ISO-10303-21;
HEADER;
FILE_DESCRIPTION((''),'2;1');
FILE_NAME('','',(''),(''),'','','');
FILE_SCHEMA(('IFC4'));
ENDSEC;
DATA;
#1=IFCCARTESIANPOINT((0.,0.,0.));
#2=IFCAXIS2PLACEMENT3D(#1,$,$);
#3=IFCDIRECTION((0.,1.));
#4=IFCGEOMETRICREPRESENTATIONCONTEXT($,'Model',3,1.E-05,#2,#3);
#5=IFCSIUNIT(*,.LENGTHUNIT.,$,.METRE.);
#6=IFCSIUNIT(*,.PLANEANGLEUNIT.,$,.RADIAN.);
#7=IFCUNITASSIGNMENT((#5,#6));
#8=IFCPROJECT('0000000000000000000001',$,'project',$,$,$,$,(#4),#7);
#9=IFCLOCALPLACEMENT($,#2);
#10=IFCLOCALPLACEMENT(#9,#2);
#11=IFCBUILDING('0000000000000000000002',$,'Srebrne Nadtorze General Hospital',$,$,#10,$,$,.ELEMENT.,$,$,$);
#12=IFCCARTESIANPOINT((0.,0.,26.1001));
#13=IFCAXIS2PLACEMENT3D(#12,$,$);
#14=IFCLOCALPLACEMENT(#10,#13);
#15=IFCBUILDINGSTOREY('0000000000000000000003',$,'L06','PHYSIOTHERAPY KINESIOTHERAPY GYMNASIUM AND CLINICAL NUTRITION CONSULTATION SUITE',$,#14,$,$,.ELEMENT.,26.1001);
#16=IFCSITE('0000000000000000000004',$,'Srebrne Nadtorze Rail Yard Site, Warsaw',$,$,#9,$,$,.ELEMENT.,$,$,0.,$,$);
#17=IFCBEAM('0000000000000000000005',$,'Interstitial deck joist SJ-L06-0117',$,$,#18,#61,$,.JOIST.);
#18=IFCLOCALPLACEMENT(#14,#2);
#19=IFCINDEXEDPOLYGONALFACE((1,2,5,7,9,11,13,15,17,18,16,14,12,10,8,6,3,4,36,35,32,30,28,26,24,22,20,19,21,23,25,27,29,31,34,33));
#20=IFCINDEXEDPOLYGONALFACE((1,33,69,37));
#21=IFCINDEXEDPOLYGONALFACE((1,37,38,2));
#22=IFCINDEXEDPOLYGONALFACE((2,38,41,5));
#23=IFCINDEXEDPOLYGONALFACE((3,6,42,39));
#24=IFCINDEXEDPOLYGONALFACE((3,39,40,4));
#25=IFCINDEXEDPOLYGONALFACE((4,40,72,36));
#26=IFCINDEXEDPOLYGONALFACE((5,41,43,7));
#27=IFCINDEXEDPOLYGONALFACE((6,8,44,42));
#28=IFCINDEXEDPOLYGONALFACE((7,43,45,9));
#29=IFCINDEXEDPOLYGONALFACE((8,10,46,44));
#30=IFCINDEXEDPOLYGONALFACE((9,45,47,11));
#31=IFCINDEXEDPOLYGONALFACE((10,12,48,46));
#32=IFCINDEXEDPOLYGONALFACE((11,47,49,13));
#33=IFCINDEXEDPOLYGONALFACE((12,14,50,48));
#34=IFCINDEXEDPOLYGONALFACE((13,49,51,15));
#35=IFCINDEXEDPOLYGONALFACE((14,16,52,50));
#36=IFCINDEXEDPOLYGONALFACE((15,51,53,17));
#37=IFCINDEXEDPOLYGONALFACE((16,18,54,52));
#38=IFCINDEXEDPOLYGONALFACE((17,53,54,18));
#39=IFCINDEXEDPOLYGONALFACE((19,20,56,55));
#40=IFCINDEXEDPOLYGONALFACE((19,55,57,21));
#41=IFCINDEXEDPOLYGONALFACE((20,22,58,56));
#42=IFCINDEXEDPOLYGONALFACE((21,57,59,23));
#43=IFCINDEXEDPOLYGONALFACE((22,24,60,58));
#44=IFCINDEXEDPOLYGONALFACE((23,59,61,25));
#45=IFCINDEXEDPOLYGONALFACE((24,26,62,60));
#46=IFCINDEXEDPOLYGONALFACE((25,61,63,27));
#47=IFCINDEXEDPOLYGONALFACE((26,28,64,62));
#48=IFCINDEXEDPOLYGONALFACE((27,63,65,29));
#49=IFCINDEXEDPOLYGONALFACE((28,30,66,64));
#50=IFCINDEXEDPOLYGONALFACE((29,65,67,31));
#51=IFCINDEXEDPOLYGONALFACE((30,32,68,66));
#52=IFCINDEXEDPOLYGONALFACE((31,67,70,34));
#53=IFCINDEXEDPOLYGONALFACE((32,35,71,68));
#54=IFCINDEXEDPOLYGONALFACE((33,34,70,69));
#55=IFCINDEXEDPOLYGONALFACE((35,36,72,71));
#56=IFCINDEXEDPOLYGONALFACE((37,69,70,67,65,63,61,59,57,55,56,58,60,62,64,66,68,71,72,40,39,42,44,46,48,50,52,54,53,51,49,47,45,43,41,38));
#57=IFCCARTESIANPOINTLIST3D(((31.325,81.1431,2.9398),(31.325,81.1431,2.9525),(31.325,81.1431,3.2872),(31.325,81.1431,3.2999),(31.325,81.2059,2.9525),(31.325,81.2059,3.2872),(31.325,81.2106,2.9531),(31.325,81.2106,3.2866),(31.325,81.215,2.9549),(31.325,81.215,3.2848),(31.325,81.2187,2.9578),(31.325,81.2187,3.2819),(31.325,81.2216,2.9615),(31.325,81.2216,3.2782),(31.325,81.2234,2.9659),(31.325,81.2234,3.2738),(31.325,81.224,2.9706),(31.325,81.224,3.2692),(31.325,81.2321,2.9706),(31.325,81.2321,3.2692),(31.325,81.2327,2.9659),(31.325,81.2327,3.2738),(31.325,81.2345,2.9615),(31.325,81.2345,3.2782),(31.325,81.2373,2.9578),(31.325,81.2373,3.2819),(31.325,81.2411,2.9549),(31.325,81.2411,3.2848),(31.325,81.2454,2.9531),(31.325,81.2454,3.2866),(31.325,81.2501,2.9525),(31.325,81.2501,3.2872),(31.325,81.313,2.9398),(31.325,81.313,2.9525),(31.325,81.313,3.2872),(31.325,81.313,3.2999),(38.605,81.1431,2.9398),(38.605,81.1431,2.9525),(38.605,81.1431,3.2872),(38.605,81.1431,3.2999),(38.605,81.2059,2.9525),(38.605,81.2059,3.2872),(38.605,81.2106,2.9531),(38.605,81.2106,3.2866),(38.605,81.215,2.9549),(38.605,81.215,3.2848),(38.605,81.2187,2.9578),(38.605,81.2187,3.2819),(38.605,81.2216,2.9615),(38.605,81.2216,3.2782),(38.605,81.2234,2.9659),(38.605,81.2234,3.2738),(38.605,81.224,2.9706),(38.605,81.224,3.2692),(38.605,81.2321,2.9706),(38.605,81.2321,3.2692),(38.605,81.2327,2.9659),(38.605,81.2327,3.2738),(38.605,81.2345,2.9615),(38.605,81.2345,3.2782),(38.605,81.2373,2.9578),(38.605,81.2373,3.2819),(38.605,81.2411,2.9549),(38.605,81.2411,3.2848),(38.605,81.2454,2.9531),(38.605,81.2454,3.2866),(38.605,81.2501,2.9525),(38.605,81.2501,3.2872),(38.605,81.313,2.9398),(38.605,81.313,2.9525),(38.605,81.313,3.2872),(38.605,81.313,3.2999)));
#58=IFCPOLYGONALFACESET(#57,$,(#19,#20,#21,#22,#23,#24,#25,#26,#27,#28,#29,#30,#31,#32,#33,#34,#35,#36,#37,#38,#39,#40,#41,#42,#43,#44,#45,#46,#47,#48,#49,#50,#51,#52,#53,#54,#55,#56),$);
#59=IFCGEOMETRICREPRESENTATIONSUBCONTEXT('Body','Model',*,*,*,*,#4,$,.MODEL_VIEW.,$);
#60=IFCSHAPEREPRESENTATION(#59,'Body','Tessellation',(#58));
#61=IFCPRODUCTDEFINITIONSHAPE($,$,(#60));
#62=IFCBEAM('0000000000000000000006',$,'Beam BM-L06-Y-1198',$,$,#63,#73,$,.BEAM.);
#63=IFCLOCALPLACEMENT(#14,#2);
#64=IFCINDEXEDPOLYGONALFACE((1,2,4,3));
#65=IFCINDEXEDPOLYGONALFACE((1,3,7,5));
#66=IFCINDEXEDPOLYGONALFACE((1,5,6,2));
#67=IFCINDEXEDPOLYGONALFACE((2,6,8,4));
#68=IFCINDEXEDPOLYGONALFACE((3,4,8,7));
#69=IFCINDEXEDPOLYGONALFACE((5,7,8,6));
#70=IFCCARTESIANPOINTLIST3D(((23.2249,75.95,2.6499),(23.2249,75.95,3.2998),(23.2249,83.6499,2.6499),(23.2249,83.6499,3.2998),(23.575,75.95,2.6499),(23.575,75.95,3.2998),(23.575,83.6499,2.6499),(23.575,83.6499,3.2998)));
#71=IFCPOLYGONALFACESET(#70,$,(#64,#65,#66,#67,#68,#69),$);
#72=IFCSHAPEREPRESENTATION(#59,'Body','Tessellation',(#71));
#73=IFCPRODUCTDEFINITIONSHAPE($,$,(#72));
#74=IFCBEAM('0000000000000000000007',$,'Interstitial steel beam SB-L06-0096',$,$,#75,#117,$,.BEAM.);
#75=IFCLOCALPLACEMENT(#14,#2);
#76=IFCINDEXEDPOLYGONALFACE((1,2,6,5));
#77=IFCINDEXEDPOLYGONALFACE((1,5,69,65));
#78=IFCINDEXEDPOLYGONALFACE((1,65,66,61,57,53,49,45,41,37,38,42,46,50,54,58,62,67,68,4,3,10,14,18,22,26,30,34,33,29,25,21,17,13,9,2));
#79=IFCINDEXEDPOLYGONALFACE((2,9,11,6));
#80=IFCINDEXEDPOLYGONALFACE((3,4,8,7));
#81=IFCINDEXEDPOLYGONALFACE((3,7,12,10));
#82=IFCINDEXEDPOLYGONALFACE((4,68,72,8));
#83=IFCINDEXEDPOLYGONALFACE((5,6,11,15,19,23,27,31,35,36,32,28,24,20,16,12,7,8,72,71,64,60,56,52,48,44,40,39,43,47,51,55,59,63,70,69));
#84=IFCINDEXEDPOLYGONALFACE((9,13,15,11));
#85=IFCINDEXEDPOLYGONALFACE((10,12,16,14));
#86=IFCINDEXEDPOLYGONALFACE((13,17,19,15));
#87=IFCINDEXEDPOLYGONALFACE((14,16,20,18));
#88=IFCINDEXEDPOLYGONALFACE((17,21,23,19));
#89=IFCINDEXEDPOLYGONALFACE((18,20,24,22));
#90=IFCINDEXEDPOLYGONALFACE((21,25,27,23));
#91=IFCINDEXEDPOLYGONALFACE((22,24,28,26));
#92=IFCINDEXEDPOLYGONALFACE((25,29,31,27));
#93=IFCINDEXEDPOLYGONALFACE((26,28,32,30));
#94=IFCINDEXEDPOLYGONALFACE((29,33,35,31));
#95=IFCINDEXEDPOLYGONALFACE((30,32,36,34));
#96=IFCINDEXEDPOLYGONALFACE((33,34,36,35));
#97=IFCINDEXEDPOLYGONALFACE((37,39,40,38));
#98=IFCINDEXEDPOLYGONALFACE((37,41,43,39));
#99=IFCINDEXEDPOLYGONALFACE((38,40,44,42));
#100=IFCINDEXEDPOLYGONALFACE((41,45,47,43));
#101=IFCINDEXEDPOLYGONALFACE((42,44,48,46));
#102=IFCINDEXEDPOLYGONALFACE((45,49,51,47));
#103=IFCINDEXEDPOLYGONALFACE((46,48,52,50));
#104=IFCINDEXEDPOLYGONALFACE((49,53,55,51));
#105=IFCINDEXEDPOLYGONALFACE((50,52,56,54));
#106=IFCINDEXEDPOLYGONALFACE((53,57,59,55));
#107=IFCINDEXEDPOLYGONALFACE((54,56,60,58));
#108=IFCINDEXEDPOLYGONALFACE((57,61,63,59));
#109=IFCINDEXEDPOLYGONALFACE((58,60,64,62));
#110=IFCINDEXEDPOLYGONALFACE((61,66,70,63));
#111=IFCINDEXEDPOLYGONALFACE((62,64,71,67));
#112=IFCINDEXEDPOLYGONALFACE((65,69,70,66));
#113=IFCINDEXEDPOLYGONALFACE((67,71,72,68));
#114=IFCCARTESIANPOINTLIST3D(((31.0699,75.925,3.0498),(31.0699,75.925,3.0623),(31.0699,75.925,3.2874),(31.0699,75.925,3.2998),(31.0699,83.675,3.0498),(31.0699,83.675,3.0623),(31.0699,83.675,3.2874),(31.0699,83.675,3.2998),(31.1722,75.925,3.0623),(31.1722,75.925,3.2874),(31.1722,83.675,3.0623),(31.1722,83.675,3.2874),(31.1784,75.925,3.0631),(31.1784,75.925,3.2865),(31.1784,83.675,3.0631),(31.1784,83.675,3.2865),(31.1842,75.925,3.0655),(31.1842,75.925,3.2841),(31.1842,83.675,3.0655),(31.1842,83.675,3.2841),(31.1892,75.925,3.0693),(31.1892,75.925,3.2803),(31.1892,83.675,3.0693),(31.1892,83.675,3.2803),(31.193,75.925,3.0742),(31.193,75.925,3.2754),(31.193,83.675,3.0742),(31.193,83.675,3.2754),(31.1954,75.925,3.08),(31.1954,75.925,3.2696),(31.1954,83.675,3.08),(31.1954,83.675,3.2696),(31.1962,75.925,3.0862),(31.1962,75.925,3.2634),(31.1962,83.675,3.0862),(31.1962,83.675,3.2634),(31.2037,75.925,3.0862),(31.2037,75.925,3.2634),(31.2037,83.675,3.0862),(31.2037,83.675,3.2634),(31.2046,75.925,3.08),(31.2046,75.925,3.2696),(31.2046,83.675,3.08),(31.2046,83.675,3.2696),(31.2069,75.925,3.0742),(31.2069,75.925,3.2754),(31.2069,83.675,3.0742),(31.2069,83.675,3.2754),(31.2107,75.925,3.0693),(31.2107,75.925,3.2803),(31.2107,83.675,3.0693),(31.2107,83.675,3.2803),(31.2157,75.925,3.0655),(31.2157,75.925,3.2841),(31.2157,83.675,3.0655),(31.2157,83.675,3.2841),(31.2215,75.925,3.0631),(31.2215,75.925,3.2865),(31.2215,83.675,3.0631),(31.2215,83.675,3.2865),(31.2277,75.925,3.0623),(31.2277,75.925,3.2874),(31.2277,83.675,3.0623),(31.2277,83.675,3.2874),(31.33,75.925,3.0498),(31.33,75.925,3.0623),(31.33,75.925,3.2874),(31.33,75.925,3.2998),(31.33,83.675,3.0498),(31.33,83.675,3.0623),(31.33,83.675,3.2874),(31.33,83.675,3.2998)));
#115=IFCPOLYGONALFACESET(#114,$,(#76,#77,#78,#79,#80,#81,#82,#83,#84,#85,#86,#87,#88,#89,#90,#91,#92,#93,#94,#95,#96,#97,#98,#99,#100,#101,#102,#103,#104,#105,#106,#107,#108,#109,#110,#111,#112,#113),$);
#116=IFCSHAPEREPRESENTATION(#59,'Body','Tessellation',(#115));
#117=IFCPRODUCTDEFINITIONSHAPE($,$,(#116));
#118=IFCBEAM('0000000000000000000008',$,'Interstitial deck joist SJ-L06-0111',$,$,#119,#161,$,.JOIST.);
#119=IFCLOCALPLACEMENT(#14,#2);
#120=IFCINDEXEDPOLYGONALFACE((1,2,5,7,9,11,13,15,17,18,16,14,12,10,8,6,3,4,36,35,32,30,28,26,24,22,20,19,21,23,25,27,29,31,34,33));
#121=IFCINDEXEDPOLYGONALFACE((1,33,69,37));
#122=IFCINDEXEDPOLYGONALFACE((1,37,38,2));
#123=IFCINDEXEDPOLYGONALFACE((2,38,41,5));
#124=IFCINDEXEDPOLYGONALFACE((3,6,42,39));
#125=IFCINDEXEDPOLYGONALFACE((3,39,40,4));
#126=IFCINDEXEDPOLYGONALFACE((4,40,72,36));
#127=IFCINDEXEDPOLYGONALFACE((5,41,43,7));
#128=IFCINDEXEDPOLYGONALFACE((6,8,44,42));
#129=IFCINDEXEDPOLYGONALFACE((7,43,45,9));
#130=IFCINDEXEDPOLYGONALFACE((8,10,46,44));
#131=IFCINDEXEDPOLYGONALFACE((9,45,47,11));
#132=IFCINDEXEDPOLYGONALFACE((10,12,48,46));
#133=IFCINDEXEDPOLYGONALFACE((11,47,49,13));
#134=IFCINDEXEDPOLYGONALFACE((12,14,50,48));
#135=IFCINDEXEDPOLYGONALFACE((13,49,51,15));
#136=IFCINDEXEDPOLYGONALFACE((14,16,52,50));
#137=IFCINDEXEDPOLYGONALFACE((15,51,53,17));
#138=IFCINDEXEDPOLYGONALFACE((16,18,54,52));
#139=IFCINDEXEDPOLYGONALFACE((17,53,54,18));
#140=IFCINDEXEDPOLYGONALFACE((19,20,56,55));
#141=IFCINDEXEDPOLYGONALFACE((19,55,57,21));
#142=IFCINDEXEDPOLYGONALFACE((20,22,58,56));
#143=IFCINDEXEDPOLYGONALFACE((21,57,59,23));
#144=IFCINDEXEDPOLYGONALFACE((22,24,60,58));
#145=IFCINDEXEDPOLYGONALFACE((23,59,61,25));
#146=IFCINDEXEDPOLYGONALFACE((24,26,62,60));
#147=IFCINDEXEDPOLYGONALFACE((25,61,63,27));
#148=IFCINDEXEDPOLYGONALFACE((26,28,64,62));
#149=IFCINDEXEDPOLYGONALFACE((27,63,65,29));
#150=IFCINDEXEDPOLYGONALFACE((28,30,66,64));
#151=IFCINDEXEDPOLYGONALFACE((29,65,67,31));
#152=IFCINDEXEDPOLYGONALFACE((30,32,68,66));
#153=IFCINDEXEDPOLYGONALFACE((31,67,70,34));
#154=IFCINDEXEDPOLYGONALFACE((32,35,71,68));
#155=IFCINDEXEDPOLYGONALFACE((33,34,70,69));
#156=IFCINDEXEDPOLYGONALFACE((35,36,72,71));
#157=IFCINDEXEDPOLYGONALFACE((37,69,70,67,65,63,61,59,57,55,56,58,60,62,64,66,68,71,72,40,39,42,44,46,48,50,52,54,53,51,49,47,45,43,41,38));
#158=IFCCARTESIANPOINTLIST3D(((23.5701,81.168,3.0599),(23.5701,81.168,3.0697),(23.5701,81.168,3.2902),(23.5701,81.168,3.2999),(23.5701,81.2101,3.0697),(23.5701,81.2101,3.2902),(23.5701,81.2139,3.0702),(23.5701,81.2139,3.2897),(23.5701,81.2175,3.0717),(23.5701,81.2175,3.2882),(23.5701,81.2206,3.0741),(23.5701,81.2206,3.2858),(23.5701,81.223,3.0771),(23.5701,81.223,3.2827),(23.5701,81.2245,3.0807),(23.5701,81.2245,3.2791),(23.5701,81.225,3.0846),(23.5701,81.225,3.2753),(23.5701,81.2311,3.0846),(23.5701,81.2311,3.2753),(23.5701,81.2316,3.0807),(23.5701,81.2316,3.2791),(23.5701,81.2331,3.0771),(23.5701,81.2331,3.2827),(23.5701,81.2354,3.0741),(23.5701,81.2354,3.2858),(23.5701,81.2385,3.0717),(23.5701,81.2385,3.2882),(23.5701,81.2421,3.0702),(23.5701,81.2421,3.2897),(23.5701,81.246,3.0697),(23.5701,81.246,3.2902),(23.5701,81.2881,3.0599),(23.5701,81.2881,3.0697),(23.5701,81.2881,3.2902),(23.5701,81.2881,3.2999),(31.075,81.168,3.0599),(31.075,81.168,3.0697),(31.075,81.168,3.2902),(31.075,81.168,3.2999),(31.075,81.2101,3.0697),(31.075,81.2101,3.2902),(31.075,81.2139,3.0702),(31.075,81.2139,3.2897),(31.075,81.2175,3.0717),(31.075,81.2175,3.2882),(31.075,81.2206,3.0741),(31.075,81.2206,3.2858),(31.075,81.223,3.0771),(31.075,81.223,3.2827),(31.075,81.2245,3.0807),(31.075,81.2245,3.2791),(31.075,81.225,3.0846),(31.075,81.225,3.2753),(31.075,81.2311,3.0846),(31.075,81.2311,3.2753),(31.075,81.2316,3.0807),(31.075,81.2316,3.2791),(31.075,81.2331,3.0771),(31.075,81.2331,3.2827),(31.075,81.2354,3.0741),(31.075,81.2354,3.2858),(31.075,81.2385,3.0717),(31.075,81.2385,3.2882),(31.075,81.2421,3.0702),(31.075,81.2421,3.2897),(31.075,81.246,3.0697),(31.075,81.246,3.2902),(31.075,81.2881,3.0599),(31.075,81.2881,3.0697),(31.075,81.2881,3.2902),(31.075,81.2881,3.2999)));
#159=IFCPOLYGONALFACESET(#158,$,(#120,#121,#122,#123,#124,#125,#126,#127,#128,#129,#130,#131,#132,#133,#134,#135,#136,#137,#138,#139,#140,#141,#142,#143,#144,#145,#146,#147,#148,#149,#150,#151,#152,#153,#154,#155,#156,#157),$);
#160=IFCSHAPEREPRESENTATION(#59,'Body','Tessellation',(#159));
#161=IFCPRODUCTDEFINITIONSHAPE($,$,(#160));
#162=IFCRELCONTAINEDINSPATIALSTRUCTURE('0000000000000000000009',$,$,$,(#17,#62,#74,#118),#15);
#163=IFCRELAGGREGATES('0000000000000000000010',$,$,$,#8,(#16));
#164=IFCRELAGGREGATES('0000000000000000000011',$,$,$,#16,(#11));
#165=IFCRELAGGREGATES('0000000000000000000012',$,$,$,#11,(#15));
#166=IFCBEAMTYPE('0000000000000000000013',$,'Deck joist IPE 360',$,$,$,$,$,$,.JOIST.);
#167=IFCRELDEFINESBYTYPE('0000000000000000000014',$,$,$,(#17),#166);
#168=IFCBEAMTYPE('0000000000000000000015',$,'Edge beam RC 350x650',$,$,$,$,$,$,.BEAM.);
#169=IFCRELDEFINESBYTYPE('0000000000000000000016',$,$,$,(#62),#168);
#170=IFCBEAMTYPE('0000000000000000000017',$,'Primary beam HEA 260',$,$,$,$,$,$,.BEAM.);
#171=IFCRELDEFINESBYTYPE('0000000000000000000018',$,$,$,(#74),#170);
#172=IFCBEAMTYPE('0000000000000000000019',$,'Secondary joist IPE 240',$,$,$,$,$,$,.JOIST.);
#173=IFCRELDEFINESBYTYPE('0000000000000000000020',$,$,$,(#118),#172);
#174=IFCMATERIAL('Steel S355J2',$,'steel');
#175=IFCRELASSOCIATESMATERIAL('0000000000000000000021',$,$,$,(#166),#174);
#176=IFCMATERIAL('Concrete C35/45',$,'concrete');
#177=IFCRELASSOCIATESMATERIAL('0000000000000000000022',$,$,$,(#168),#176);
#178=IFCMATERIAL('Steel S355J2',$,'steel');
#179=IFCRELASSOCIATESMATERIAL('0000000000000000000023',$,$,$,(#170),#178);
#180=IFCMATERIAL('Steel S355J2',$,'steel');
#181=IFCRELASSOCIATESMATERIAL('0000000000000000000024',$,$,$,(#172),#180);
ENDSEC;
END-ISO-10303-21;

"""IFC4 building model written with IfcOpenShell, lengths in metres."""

from ifc_helpers import new_model, si_unit, direction, frame, origin, origin_2d, place, context, subcontext, project, spatial, rectangle, i_section, extrude, material, material_profile, profile_set, type_object, element, save


model = new_model("IFC4")

# Units and contexts
model_context = context("Model", 3, precision=1e-05, world=origin(), true_north=direction((0.0, 1.0)))
body_context = subcontext(model_context, "Body", "Model", "MODEL_VIEW")
ifc_project = project(units=[si_unit("LENGTHUNIT", "METRE"), si_unit("PLANEANGLEUNIT", "RADIAN")], contexts=[model_context])

# Site, building, storey
site_placement = place(None, origin())
site = spatial("IfcSite", under=ifc_project, at=site_placement, Name="Srebrne Nadtorze Rail Yard Site, Warsaw", CompositionType="ELEMENT", RefElevation=0.0)
building_placement = place(site_placement, origin())
building = spatial("IfcBuilding", under=site, at=building_placement, Name="Srebrne Nadtorze General Hospital", CompositionType="ELEMENT")
storey_placement = place(building_placement, frame((0.0, 0.0, 26.1001)))
storey = spatial("IfcBuildingStorey", under=building, at=storey_placement, Name="L06", Description="PHYSIOTHERAPY KINESIOTHERAPY GYMNASIUM AND CLINICAL NUTRITION CONSULTATION SUITE", CompositionType="ELEMENT", Elevation=26.1001)

# Beams
ifc_material_1 = material(Name="Steel S355J2", Category="steel")
ifc_material_profile_1 = material_profile(ifc_material_1, i_section(OverallWidth=0.1699, OverallDepth=0.3601, WebThickness=0.0081, FlangeThickness=0.0127, FilletRadius=0.0181, at=origin_2d()), Name="IPE-360")
ifc_profile_set_1 = profile_set([ifc_material_profile_1], Name="Steel S355J2")
beam_type_1 = type_object("IfcBeamType", Name="Deck joist IPE 360", PredefinedType="JOIST", material=ifc_profile_set_1)
beam_1_placement = place(storey_placement, frame((31.325, 81.228, 3.1199), z_axis=(1.0, 0.0, 0.0), x_axis=(0.0, 1.0, 0.0)))
element("IfcBeam", 1, at=beam_1_placement, inside=storey, type_object=beam_type_1, Name="Interstitial deck joist SJ-L06-0117", PredefinedType="JOIST", context=body_context, shape_type="SweptSolid", body=[
    extrude(i_section(OverallWidth=0.1699, OverallDepth=0.3601, WebThickness=0.0081, FlangeThickness=0.0127, FilletRadius=0.0181, at=origin_2d()), origin(), (0.0, 0.0, 1.0), 7.28),
])
ifc_material_2 = material(Name="Concrete C35/45", Category="concrete")
ifc_material_profile_2 = material_profile(ifc_material_2, rectangle(XDim=0.3501, YDim=0.6499, at=origin_2d()), Name="RC-BM-350x650")
ifc_profile_set_2 = profile_set([ifc_material_profile_2], Name="Concrete C35/45")
beam_type_2 = type_object("IfcBeamType", Name="Edge beam RC 350x650", PredefinedType="BEAM", material=ifc_profile_set_2)
beam_2_placement = place(storey_placement, frame((23.3999, 75.95, 2.9749), z_axis=(0.0, 1.0, 0.0), x_axis=(-1.0, 0.0, 0.0)))
element("IfcBeam", 2, at=beam_2_placement, inside=storey, type_object=beam_type_2, Name="Beam BM-L06-Y-1198", PredefinedType="BEAM", context=body_context, shape_type="SweptSolid", body=[
    extrude(rectangle(XDim=0.3501, YDim=0.6499, at=origin_2d()), origin(), (0.0, 0.0, 1.0), 7.7),
])
ifc_material_3 = material(Name="Steel S355J2", Category="steel")
ifc_material_profile_3 = material_profile(ifc_material_3, i_section(OverallWidth=0.26, OverallDepth=0.25, WebThickness=0.0076, FlangeThickness=0.0125, FilletRadius=0.0239, at=origin_2d()), Name="HEA-260")
ifc_profile_set_3 = profile_set([ifc_material_profile_3], Name="Steel S355J2")
beam_type_3 = type_object("IfcBeamType", Name="Primary beam HEA 260", PredefinedType="BEAM", material=ifc_profile_set_3)
beam_3_placement = place(storey_placement, frame((31.2, 75.925, 3.1748), z_axis=(0.0, 1.0, 0.0), x_axis=(-1.0, 0.0, 0.0)))
element("IfcBeam", 3, at=beam_3_placement, inside=storey, type_object=beam_type_3, Name="Interstitial steel beam SB-L06-0096", PredefinedType="BEAM", context=body_context, shape_type="SweptSolid", body=[
    extrude(i_section(OverallWidth=0.26, OverallDepth=0.25, WebThickness=0.0076, FlangeThickness=0.0125, FilletRadius=0.0239, at=origin_2d()), origin(), (0.0, 0.0, 1.0), 7.75),
])
ifc_material_4 = material(Name="Steel S355J2", Category="steel")
ifc_material_profile_4 = material_profile(ifc_material_4, i_section(OverallWidth=0.1201, OverallDepth=0.24, WebThickness=0.0061, FlangeThickness=0.0098, FilletRadius=0.0149, at=origin_2d()), Name="IPE-240")
ifc_profile_set_4 = profile_set([ifc_material_profile_4], Name="Steel S355J2")
beam_type_4 = type_object("IfcBeamType", Name="Secondary joist IPE 240", PredefinedType="JOIST", material=ifc_profile_set_4)
beam_4_placement = place(storey_placement, frame((23.5701, 81.228, 3.1799), z_axis=(1.0, 0.0, 0.0), x_axis=(0.0, 1.0, 0.0)))
element("IfcBeam", 4, at=beam_4_placement, inside=storey, type_object=beam_type_4, Name="Interstitial deck joist SJ-L06-0111", PredefinedType="JOIST", context=body_context, shape_type="SweptSolid", body=[
    extrude(i_section(OverallWidth=0.1201, OverallDepth=0.24, WebThickness=0.0061, FlangeThickness=0.0098, FilletRadius=0.0149, at=origin_2d()), origin(), (0.0, 0.0, 1.0), 7.5049),
])

save(model, "model.ifc")
